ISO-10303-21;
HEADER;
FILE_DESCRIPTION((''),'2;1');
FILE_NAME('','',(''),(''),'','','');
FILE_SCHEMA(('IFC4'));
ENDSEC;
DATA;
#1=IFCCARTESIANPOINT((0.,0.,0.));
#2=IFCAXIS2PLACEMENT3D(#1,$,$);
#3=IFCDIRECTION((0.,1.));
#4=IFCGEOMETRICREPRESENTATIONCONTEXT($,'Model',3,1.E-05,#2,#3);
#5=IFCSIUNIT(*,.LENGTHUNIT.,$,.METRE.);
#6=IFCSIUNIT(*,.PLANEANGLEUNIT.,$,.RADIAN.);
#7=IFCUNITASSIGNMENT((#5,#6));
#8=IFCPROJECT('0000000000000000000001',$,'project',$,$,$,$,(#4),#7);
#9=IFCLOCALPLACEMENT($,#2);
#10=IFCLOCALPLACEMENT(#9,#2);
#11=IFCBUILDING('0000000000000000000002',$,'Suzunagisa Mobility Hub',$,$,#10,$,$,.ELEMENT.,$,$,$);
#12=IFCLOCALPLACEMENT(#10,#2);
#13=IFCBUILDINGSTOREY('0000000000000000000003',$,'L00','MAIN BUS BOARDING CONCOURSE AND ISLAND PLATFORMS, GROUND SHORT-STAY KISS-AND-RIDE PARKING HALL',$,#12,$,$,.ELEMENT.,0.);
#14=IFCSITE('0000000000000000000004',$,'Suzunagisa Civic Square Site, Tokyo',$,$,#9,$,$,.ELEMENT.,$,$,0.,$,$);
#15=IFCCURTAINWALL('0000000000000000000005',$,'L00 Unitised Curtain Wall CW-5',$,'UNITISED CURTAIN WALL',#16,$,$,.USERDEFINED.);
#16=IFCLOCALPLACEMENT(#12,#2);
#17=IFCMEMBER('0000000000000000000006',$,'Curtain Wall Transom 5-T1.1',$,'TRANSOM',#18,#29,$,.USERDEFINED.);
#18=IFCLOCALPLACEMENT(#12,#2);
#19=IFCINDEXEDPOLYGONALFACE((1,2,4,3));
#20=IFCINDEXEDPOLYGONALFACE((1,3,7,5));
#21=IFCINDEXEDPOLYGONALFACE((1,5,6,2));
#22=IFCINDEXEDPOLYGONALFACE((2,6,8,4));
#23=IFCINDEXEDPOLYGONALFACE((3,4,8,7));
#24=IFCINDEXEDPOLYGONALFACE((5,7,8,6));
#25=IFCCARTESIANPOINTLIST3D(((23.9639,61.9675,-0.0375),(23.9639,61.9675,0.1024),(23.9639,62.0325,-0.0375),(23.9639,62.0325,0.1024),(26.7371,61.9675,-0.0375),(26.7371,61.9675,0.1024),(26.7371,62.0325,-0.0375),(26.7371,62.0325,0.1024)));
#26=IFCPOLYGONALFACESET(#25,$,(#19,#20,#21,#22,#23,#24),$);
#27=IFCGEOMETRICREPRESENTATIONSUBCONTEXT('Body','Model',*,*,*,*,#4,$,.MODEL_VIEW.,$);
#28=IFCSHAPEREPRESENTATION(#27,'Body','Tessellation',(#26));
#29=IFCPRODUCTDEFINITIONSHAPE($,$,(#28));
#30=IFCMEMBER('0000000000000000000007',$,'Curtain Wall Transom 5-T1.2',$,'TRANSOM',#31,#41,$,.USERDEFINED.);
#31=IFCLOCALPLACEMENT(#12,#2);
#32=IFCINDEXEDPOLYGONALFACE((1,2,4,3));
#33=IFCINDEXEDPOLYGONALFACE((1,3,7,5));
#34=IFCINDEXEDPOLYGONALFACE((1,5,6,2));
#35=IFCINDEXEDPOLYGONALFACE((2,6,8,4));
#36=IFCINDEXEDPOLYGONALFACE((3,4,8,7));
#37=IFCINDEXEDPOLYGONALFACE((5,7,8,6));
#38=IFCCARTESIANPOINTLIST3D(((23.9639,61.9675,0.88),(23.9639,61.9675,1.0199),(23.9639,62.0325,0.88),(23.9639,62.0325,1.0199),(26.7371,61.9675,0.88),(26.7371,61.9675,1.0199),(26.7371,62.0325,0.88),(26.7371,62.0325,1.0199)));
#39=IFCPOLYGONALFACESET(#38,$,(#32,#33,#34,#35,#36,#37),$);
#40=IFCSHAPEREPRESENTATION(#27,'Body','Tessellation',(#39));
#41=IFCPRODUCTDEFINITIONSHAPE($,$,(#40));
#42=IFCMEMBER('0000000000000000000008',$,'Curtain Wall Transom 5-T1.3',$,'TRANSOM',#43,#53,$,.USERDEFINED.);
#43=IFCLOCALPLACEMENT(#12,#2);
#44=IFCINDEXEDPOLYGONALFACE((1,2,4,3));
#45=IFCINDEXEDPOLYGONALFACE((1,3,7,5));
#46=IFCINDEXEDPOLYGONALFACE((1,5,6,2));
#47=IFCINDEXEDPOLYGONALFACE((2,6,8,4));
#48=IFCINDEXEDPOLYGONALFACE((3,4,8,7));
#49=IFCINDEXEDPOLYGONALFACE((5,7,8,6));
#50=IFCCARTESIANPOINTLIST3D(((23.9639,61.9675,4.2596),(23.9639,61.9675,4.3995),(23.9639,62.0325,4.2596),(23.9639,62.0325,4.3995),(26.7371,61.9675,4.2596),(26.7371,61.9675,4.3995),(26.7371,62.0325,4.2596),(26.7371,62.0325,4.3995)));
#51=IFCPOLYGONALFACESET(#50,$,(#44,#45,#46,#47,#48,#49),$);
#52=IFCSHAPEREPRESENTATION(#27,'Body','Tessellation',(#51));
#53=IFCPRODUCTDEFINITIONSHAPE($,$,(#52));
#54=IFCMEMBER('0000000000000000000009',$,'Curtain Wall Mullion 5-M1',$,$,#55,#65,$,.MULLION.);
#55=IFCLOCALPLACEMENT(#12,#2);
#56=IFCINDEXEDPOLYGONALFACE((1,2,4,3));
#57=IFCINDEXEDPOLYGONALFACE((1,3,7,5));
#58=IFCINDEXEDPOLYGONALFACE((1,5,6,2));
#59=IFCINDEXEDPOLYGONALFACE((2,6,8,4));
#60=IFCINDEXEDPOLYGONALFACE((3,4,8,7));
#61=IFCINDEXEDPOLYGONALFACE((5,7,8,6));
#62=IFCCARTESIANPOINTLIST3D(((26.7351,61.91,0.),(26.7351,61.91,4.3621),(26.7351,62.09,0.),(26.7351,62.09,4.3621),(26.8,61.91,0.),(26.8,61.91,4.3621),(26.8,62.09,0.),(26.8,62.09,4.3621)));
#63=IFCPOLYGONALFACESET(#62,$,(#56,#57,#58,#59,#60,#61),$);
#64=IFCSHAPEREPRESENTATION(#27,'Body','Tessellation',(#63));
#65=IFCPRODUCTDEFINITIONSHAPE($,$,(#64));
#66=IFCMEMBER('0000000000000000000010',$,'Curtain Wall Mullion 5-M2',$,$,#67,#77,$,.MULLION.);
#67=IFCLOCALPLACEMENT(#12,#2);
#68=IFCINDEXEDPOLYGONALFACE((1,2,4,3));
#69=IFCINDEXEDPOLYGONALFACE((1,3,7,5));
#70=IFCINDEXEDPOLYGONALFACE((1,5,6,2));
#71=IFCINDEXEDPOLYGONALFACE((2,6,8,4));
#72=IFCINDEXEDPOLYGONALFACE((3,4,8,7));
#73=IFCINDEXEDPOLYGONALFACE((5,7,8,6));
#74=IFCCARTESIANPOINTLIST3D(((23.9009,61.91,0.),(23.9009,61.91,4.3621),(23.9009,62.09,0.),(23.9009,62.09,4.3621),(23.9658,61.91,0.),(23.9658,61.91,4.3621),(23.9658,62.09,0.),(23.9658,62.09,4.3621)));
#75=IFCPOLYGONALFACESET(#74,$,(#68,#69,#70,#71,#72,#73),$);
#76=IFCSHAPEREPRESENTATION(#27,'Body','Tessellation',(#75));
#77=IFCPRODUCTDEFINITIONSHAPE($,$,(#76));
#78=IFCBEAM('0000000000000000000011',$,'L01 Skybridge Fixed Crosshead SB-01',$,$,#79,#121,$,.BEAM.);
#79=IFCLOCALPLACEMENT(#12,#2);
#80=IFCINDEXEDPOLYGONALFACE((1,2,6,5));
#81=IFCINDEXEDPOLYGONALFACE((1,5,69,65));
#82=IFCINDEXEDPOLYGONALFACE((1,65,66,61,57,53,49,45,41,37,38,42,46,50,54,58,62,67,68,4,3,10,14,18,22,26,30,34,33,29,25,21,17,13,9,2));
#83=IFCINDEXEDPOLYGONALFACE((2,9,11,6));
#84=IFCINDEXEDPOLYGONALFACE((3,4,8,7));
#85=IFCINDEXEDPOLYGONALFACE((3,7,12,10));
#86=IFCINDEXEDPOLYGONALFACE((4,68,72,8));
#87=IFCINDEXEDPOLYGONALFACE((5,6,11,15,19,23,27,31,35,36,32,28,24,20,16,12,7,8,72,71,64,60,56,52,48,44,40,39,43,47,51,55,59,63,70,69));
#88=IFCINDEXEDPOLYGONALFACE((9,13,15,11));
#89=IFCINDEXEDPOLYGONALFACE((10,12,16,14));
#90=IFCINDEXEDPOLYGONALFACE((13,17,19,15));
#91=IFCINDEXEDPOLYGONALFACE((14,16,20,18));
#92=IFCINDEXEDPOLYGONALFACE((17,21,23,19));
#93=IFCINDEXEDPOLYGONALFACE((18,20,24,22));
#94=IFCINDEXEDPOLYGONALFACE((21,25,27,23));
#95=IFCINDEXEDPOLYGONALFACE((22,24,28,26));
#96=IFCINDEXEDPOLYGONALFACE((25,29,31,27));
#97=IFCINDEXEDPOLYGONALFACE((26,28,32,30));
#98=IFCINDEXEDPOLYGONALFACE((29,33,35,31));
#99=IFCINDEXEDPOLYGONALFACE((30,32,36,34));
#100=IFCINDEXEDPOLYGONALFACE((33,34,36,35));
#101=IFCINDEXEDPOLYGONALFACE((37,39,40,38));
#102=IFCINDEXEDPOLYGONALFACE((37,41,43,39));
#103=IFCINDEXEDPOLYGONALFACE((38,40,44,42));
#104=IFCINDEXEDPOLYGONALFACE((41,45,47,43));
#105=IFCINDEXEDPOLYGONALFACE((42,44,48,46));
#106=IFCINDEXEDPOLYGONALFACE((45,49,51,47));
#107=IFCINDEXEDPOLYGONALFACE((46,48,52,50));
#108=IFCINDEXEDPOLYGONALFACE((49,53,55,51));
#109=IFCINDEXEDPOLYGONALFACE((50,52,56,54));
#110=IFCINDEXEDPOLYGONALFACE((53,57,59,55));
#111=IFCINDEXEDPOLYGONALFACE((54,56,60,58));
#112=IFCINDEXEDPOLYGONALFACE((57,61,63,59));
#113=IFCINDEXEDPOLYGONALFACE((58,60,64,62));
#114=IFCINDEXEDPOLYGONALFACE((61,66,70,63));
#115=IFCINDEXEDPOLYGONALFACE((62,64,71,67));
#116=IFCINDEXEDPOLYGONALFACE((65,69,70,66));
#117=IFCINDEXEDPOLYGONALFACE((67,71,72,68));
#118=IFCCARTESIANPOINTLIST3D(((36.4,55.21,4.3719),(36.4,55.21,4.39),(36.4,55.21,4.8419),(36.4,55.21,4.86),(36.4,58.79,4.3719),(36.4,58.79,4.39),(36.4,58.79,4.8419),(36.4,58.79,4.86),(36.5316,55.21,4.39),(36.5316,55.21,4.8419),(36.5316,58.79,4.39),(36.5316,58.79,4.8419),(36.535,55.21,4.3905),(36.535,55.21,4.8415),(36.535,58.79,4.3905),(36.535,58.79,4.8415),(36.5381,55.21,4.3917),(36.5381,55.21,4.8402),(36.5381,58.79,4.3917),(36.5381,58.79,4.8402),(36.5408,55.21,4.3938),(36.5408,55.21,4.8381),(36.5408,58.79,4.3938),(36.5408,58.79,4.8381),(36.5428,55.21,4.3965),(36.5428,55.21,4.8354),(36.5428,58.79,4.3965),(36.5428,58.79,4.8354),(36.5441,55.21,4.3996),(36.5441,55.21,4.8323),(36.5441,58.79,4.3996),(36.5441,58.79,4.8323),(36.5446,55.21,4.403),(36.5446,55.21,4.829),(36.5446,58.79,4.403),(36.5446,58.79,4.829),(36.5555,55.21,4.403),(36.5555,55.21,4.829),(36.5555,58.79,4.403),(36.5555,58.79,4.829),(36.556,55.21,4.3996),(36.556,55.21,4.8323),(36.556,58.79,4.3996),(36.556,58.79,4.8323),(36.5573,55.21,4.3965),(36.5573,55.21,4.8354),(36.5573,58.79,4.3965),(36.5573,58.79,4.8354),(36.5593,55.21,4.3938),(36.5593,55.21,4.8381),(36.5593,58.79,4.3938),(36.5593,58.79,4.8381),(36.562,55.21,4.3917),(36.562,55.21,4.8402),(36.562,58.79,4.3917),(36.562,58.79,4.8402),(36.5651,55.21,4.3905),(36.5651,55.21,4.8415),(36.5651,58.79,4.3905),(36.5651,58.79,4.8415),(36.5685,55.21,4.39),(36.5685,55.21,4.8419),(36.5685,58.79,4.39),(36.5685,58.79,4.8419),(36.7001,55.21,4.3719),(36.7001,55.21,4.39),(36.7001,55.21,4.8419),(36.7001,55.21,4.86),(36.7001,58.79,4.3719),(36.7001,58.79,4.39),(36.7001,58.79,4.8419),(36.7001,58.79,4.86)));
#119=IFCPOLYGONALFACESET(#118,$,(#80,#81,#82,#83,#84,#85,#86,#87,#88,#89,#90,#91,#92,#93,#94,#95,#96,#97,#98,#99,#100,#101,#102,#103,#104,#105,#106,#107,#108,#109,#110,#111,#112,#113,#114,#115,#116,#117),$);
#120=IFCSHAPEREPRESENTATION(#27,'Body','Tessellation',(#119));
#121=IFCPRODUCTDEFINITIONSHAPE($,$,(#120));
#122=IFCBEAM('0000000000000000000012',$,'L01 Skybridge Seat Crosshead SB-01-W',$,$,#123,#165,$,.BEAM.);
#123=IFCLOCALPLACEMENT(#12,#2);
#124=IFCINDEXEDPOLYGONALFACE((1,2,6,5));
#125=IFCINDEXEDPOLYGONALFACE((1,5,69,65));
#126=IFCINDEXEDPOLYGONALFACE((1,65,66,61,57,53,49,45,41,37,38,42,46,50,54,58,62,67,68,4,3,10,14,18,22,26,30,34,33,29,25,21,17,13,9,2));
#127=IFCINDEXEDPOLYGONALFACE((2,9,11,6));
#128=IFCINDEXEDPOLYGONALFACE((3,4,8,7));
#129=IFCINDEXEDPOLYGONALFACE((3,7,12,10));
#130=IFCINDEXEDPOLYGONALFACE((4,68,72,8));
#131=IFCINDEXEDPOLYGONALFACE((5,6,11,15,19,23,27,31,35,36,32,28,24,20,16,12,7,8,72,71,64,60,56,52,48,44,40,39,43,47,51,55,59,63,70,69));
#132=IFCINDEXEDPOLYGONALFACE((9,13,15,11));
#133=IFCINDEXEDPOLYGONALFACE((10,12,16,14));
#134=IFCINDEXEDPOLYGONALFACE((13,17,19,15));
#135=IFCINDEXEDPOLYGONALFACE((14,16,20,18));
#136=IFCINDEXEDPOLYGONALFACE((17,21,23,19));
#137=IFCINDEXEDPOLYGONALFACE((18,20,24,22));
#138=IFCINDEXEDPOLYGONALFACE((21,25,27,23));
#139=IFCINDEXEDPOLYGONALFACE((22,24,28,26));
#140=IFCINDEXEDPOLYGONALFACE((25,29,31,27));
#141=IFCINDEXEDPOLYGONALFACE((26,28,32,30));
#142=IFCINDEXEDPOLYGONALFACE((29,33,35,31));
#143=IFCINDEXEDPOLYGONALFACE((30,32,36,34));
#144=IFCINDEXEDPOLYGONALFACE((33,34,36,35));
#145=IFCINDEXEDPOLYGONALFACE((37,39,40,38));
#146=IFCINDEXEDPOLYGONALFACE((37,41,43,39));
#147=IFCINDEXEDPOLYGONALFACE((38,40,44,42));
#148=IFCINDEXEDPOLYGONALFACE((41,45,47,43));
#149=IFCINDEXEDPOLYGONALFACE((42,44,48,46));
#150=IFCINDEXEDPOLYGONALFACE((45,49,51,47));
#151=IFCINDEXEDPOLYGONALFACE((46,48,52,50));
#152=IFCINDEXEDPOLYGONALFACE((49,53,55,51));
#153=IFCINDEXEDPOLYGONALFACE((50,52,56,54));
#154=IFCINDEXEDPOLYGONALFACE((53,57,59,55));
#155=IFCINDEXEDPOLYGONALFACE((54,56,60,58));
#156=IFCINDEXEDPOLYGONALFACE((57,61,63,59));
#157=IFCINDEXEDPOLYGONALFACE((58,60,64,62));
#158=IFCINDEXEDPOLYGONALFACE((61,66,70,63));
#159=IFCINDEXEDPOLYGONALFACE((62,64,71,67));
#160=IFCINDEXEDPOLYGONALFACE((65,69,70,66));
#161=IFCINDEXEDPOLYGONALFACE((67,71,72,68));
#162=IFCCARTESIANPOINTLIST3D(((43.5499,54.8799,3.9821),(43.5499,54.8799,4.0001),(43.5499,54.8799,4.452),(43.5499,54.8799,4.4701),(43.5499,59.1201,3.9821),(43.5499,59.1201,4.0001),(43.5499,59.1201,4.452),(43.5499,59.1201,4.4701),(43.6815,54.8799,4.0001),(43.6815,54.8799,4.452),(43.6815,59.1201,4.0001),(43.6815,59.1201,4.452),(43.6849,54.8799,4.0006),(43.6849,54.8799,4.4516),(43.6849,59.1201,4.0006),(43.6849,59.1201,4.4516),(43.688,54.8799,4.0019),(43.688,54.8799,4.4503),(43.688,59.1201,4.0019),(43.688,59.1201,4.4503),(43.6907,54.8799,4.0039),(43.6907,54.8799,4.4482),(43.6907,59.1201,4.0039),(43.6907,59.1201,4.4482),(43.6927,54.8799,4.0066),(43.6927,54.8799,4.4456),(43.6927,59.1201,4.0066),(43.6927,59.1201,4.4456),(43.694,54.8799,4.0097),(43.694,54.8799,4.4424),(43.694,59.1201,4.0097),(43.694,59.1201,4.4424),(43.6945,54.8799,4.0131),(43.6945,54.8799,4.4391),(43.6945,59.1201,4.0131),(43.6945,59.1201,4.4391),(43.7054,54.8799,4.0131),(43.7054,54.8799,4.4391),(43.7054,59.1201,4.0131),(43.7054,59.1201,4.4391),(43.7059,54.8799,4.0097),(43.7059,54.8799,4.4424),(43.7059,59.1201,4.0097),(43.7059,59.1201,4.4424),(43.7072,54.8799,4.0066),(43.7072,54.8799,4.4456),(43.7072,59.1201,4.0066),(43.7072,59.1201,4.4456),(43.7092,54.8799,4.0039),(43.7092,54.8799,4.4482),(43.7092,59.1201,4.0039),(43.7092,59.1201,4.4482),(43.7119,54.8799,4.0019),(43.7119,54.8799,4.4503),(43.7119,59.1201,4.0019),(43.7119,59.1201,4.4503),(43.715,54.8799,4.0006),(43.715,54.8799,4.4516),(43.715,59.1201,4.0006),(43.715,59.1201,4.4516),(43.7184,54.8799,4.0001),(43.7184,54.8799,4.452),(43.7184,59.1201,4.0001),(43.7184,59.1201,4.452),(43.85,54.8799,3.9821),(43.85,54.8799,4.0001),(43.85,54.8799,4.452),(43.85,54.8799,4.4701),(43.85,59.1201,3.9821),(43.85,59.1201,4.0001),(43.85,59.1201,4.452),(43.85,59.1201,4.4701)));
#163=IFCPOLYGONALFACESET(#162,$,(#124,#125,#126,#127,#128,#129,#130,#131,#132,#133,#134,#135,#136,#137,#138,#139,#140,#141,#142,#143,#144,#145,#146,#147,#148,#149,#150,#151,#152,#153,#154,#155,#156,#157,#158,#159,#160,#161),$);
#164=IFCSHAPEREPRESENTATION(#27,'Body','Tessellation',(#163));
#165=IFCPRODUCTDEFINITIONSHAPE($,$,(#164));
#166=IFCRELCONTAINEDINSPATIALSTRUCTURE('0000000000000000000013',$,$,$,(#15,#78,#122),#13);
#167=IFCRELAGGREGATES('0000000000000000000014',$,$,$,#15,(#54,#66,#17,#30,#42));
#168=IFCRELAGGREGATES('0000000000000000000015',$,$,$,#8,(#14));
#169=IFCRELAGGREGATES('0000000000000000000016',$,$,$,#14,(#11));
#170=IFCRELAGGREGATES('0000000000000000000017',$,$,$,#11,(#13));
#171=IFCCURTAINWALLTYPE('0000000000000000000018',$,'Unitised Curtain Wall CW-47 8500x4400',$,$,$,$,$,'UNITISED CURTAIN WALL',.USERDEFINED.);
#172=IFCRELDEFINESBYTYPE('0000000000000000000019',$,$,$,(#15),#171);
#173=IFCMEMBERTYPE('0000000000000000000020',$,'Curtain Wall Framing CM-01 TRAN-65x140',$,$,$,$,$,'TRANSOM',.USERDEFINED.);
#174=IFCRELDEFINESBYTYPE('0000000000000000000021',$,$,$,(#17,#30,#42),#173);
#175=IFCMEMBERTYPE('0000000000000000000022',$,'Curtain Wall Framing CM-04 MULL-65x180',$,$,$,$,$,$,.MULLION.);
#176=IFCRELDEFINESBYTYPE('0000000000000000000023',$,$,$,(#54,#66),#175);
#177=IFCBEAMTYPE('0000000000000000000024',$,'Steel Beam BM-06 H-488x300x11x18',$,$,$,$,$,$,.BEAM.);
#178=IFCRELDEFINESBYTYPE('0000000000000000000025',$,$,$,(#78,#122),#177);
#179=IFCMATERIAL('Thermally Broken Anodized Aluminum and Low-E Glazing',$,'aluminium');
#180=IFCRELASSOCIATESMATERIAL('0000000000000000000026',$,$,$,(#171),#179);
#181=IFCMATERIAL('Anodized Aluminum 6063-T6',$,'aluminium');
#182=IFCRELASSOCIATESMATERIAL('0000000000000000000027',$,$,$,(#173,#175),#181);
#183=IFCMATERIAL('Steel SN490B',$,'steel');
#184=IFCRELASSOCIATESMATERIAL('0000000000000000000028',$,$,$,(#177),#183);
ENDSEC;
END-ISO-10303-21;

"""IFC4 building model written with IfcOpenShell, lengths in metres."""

from ifc_helpers import new_model, si_unit, direction, frame, origin, origin_2d, place, context, subcontext, project, spatial, rectangle, i_section, extrude, material, material_profile, profile_set, type_object, element, aggregate, save


model = new_model("IFC4")

# Units and contexts
model_context = context("Model", 3, precision=1e-05, world=origin(), true_north=direction((0.0, 1.0)))
body_context = subcontext(model_context, "Body", "Model", "MODEL_VIEW")
ifc_project = project(units=[si_unit("LENGTHUNIT", "METRE"), si_unit("PLANEANGLEUNIT", "RADIAN")], contexts=[model_context])

# Site, building, storey
site_placement = place(None, origin())
site = spatial("IfcSite", under=ifc_project, at=site_placement, Name="Suzunagisa Civic Square Site, Tokyo", CompositionType="ELEMENT", RefElevation=0.0)
building_placement = place(site_placement, origin())
building = spatial("IfcBuilding", under=site, at=building_placement, Name="Suzunagisa Mobility Hub", CompositionType="ELEMENT")
storey_placement = place(building_placement, origin())
storey = spatial("IfcBuildingStorey", under=building, at=storey_placement, Name="L00", Description="MAIN BUS BOARDING CONCOURSE AND ISLAND PLATFORMS, GROUND SHORT-STAY KISS-AND-RIDE PARKING HALL", CompositionType="ELEMENT", Elevation=0.0)

# Shared definitions
ifc_material_1 = material(Name="Steel SN490B", Category="steel")

# Curtain wall, members
ifc_material_2 = material(Name="Thermally Broken Anodized Aluminum and Low-E Glazing", Category="aluminium")
curtain_wall_type = type_object("IfcCurtainWallType", Name="Unitised Curtain Wall CW-47 8500x4400", ElementType="UNITISED CURTAIN WALL", PredefinedType="USERDEFINED", material=ifc_material_2)
curtain_wall_placement = place(storey_placement, origin())
curtain_wall = element("IfcCurtainWall", 1, at=curtain_wall_placement, inside=storey, type_object=curtain_wall_type, Name="L00 Unitised Curtain Wall CW-5", ObjectType="UNITISED CURTAIN WALL", PredefinedType="USERDEFINED")
ifc_material_3 = material(Name="Anodized Aluminum 6063-T6", Category="aluminium")
ifc_material_profile_1 = material_profile(ifc_material_3, rectangle(XDim=0.0649, YDim=0.1399, at=origin_2d()), Name="TRAN-65x140")
ifc_profile_set_1 = profile_set([ifc_material_profile_1], Name="Anodized Aluminum 6063-T6")
member_type_1 = type_object("IfcMemberType", Name="Curtain Wall Framing CM-01 TRAN-65x140", ElementType="TRANSOM", PredefinedType="USERDEFINED", material=ifc_profile_set_1)
member_1_placement = place(storey_placement, frame((26.7371, 62.0, 0.0325), z_axis=(-1.0, 0.0, 0.0), x_axis=(0.0, -1.0, 0.0)))
member_1 = element("IfcMember", 2, at=member_1_placement, type_object=member_type_1, Name="Curtain Wall Transom 5-T1.1", ObjectType="TRANSOM", PredefinedType="USERDEFINED", context=body_context, shape_type="SweptSolid", body=[
    extrude(rectangle(XDim=0.0649, YDim=0.1399, at=origin_2d()), origin(), (0.0, 0.0, 1.0), 2.7732),
])
member_2_placement = place(storey_placement, frame((26.7371, 62.0, 0.95), z_axis=(-1.0, 0.0, 0.0), x_axis=(0.0, -1.0, 0.0)))
member_2 = element("IfcMember", 3, at=member_2_placement, type_object=member_type_1, Name="Curtain Wall Transom 5-T1.2", ObjectType="TRANSOM", PredefinedType="USERDEFINED", context=body_context, shape_type="SweptSolid", body=[
    extrude(rectangle(XDim=0.0649, YDim=0.1399, at=origin_2d()), origin(), (0.0, 0.0, 1.0), 2.7732),
])
member_3_placement = place(storey_placement, frame((26.7371, 62.0, 4.3296), z_axis=(-1.0, 0.0, 0.0), x_axis=(0.0, -1.0, 0.0)))
member_3 = element("IfcMember", 4, at=member_3_placement, type_object=member_type_1, Name="Curtain Wall Transom 5-T1.3", ObjectType="TRANSOM", PredefinedType="USERDEFINED", context=body_context, shape_type="SweptSolid", body=[
    extrude(rectangle(XDim=0.0649, YDim=0.1399, at=origin_2d()), origin(), (0.0, 0.0, 1.0), 2.7732),
])
ifc_material_profile_2 = material_profile(ifc_material_3, rectangle(XDim=0.0649, YDim=0.1799, at=origin_2d()), Name="MULL-65x180")
ifc_profile_set_2 = profile_set([ifc_material_profile_2], Name="Anodized Aluminum 6063-T6")
member_type_2 = type_object("IfcMemberType", Name="Curtain Wall Framing CM-04 MULL-65x180", PredefinedType="MULLION", material=ifc_profile_set_2)
member_4_placement = place(storey_placement, frame((26.7676, 62.0, 0.0), z_axis=(0.0, 0.0, 1.0), x_axis=(-1.0, 0.0, 0.0)))
member_4 = element("IfcMember", 5, at=member_4_placement, type_object=member_type_2, Name="Curtain Wall Mullion 5-M1", PredefinedType="MULLION", context=body_context, shape_type="SweptSolid", body=[
    extrude(rectangle(XDim=0.0649, YDim=0.1799, at=origin_2d()), origin(), (0.0, 0.0, 1.0), 4.3621),
])
member_5_placement = place(storey_placement, frame((23.9333, 62.0, 0.0), z_axis=(0.0, 0.0, 1.0), x_axis=(-1.0, 0.0, 0.0)))
member_5 = element("IfcMember", 6, at=member_5_placement, type_object=member_type_2, Name="Curtain Wall Mullion 5-M2", PredefinedType="MULLION", context=body_context, shape_type="SweptSolid", body=[
    extrude(rectangle(XDim=0.0649, YDim=0.1799, at=origin_2d()), origin(), (0.0, 0.0, 1.0), 4.3621),
])

# Beams
ifc_material_profile_3 = material_profile(ifc_material_1, i_section(OverallWidth=0.3, OverallDepth=0.488, WebThickness=0.011, FlangeThickness=0.0181, FilletRadius=0.0129, at=origin_2d()), Name="H-488x300x11x18")
ifc_profile_set_3 = profile_set([ifc_material_profile_3], Name="Steel SN490B")
beam_type_1 = type_object("IfcBeamType", Name="Steel Beam BM-06 H-488x300x11x18", PredefinedType="BEAM", material=ifc_profile_set_3)
beam_1_placement = place(storey_placement, frame((36.55, 55.21, 4.616), z_axis=(0.0, 1.0, 0.0), x_axis=(-1.0, 0.0, 0.0)))
element("IfcBeam", 7, at=beam_1_placement, inside=storey, type_object=beam_type_1, Name="L01 Skybridge Fixed Crosshead SB-01", PredefinedType="BEAM", context=body_context, shape_type="SweptSolid", body=[
    extrude(i_section(OverallWidth=0.3, OverallDepth=0.488, WebThickness=0.011, FlangeThickness=0.0181, FilletRadius=0.0129, at=origin_2d()), origin(), (0.0, 0.0, 1.0), 3.5801),
])
beam_2_placement = place(storey_placement, frame((43.7, 54.8799, 4.2261), z_axis=(0.0, 1.0, 0.0), x_axis=(-1.0, 0.0, 0.0)))
element("IfcBeam", 8, at=beam_2_placement, inside=storey, type_object=beam_type_1, Name="L01 Skybridge Seat Crosshead SB-01-W", PredefinedType="BEAM", context=body_context, shape_type="SweptSolid", body=[
    extrude(i_section(OverallWidth=0.3, OverallDepth=0.488, WebThickness=0.011, FlangeThickness=0.0181, FilletRadius=0.0129, at=origin_2d()), origin(), (0.0, 0.0, 1.0), 4.2402),
])

aggregate(curtain_wall, [member_4, member_5, member_1, member_2, member_3])

save(model, "model.ifc")
